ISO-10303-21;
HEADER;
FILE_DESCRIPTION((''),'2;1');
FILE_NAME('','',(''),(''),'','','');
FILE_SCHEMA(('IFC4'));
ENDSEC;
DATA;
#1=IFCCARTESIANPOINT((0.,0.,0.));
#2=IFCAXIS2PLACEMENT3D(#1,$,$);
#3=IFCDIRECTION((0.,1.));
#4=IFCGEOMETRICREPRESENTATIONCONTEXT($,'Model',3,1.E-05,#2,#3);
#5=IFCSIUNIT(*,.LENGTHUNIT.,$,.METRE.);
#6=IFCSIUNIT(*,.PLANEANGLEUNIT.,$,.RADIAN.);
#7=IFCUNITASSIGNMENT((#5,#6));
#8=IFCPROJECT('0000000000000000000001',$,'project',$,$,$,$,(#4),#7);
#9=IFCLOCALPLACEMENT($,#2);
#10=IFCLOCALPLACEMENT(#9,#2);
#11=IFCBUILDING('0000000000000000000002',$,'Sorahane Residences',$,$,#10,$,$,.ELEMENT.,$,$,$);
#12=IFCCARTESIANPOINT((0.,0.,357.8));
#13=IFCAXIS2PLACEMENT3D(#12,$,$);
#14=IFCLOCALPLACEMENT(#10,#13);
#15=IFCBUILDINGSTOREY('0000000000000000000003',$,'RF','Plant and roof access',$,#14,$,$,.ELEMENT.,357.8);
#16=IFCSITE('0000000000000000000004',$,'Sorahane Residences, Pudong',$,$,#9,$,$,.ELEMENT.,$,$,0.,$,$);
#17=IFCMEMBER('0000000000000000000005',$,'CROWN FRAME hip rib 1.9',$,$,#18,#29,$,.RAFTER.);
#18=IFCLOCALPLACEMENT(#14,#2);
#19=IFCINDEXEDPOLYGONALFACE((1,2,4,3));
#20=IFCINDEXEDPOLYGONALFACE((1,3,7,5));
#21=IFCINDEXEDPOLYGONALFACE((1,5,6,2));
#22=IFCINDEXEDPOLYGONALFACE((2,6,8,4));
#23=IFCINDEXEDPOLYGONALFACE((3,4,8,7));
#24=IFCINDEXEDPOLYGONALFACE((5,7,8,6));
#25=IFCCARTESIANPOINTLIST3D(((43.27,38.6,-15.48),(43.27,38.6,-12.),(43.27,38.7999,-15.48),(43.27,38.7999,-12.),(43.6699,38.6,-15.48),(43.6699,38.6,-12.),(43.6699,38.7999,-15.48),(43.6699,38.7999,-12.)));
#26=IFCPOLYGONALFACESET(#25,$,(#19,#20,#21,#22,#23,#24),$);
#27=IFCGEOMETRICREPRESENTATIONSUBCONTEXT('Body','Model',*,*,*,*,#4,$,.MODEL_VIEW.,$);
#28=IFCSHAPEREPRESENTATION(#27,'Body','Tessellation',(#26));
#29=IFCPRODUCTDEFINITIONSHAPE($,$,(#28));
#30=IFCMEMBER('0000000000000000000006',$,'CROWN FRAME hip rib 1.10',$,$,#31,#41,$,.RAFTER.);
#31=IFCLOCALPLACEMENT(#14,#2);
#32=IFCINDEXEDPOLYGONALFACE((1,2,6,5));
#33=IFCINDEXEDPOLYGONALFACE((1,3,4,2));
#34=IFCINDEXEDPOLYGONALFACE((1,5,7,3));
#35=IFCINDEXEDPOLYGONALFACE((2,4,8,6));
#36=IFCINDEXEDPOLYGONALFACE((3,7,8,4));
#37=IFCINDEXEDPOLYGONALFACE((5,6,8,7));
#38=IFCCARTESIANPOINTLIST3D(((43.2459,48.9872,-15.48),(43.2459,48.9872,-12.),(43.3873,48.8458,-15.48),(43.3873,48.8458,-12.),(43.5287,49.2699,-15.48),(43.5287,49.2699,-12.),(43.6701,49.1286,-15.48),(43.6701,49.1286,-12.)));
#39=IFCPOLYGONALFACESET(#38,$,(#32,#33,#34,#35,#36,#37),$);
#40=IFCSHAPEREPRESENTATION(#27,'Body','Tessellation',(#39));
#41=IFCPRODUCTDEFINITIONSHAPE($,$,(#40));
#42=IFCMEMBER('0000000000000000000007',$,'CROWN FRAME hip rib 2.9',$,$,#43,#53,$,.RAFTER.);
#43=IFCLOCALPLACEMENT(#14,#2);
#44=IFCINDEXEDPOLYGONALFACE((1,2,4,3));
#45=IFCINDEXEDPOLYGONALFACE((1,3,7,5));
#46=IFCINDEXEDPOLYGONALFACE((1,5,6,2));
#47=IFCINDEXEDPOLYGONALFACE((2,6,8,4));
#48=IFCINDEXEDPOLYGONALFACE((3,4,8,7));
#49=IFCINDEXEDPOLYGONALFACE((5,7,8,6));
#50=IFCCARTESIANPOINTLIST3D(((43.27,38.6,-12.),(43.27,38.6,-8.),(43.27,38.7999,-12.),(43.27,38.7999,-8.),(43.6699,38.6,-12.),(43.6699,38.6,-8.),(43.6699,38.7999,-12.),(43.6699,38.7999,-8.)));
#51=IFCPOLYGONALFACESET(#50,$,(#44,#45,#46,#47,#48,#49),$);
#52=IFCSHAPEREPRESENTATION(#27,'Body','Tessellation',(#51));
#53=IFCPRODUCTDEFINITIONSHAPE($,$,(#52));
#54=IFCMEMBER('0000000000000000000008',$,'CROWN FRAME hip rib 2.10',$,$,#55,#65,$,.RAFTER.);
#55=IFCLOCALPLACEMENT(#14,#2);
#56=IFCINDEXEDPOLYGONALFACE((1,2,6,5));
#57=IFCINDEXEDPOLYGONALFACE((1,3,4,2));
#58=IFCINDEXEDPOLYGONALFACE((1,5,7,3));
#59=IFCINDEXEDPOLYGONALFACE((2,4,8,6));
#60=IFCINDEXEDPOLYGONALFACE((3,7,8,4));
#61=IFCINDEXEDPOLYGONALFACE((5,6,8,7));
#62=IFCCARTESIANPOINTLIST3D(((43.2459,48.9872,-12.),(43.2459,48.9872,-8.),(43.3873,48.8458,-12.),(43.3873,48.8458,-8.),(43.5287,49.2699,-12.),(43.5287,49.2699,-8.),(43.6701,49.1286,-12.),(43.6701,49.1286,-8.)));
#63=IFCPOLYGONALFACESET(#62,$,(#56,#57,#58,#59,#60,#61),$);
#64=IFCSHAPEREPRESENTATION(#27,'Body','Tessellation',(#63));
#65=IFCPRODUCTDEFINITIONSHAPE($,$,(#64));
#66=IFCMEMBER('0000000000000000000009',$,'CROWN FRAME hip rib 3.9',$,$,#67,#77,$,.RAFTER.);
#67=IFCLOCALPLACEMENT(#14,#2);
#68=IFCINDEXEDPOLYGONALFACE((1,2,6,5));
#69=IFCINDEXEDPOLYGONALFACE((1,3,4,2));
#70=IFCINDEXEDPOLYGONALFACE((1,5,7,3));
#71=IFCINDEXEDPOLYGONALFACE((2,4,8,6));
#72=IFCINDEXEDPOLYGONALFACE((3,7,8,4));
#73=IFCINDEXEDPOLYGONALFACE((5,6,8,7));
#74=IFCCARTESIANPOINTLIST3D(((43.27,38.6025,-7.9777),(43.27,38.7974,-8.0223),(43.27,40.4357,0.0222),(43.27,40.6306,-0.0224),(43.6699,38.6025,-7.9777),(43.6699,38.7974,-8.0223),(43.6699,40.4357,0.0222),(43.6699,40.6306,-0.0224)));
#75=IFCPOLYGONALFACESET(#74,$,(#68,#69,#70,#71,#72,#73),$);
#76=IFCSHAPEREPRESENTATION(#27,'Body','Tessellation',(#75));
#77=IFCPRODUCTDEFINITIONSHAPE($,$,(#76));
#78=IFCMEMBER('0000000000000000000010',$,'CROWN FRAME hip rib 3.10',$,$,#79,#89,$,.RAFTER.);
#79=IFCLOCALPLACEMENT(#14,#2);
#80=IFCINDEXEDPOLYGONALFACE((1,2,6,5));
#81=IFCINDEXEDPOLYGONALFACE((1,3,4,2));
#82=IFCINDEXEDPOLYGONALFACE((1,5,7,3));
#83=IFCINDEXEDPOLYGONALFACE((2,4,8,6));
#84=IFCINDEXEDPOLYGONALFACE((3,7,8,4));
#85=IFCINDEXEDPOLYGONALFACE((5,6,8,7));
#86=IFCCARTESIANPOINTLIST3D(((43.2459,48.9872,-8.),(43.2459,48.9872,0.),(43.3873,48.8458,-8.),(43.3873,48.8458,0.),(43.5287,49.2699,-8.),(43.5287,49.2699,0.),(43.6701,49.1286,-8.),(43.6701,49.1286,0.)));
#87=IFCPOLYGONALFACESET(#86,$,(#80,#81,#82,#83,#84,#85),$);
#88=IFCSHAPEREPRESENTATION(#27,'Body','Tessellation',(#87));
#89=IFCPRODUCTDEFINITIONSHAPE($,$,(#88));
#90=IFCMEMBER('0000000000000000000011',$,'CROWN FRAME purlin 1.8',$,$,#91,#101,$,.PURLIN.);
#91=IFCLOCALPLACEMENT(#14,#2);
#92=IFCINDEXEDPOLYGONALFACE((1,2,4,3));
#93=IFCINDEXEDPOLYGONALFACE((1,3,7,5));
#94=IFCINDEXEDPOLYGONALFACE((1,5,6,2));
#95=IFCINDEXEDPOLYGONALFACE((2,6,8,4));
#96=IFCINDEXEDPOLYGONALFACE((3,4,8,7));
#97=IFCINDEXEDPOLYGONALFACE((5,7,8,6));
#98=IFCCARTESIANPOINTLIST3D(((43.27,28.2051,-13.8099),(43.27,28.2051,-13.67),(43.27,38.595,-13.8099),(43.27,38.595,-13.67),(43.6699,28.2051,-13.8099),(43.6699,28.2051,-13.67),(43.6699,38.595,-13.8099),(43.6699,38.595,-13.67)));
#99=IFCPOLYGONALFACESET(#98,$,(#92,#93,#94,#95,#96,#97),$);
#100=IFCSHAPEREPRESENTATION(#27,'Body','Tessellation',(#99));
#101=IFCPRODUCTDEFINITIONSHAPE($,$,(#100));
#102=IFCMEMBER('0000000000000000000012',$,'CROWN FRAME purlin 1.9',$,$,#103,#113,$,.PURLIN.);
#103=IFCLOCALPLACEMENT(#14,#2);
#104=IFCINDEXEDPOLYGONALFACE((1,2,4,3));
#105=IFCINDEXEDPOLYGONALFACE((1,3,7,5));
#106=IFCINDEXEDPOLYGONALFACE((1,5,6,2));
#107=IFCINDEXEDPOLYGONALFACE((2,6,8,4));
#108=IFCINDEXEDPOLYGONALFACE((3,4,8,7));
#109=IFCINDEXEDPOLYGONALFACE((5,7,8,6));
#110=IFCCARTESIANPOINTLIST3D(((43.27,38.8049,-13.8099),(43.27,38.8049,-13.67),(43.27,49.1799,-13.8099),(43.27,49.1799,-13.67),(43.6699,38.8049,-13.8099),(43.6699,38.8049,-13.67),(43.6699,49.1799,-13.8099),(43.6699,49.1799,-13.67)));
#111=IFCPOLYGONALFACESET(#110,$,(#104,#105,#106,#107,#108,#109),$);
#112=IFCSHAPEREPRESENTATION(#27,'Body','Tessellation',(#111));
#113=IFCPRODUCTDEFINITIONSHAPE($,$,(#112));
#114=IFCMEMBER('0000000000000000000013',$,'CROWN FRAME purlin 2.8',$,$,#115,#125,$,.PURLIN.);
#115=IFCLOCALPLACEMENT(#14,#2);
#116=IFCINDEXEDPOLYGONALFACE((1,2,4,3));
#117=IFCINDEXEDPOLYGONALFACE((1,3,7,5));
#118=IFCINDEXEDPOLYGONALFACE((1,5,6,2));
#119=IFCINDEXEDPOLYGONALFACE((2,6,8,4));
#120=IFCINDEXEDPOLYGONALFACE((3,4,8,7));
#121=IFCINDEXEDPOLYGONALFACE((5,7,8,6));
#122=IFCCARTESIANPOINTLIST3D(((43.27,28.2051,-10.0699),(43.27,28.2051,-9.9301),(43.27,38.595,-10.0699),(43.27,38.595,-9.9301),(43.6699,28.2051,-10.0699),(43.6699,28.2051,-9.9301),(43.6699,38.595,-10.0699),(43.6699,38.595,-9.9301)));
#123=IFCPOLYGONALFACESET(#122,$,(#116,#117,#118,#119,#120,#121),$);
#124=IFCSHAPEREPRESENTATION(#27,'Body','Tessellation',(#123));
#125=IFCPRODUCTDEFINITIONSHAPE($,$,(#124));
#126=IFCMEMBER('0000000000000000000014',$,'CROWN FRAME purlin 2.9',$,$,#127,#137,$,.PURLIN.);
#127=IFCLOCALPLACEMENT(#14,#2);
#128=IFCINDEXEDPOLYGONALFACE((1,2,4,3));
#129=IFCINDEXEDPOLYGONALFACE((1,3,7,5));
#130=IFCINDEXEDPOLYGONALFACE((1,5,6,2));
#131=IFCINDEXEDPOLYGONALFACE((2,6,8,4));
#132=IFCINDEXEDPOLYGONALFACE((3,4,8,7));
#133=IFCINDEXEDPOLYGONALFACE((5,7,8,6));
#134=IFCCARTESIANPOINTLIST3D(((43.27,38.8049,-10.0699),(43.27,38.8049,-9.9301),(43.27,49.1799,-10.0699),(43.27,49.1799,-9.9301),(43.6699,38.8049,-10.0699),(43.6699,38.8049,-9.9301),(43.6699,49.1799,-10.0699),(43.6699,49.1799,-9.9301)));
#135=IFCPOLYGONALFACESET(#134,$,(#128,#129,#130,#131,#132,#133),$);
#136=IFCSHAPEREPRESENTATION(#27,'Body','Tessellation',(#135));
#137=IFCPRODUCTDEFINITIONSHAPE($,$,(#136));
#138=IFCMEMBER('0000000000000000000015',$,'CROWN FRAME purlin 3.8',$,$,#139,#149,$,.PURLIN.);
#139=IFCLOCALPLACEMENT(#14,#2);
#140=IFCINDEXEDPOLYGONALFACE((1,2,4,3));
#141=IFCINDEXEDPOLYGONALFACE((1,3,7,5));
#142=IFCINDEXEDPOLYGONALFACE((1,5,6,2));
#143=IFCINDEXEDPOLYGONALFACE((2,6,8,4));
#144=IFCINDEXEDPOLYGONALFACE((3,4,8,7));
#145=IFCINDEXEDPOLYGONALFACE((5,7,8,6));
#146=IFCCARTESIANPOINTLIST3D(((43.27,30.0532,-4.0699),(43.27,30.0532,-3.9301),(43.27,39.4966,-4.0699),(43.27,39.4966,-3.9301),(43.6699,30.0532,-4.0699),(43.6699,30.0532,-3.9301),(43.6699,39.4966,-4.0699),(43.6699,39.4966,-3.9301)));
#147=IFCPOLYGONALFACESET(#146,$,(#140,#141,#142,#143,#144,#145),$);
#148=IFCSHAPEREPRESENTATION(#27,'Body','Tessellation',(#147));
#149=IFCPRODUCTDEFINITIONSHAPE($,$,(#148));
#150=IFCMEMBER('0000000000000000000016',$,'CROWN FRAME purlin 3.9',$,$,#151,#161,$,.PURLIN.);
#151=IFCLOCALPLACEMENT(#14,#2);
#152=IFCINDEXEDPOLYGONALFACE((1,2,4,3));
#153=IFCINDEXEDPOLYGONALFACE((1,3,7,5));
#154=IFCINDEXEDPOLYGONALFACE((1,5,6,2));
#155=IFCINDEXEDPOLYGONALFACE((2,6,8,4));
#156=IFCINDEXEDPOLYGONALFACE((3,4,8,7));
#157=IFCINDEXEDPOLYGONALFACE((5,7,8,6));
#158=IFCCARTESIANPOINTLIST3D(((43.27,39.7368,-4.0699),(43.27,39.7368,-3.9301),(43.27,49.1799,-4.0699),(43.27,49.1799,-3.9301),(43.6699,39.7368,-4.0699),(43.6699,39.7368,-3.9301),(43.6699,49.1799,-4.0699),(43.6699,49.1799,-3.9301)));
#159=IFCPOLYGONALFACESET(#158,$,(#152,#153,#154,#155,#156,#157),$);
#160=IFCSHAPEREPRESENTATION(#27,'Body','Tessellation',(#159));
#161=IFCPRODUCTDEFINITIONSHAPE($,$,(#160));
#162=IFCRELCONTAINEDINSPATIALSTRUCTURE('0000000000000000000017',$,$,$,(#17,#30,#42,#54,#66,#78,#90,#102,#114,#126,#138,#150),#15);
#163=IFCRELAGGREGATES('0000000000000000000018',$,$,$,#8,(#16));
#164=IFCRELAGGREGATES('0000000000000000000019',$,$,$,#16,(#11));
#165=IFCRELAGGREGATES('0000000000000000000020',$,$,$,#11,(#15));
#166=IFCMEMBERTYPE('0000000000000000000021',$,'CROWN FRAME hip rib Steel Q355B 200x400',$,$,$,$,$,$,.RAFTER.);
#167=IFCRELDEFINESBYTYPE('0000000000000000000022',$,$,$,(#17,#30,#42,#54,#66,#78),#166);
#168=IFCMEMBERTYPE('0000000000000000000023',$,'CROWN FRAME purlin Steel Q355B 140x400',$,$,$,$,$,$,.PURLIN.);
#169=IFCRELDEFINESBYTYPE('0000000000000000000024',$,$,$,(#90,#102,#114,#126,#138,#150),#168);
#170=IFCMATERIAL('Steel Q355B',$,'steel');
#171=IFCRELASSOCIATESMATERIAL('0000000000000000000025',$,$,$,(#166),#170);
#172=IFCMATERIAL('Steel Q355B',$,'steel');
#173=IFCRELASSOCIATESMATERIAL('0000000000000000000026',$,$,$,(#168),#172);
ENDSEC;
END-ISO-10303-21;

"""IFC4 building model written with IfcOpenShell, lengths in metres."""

from ifc_helpers import new_model, si_unit, direction, frame, origin, origin_2d, place, context, subcontext, project, spatial, rectangle, extrude, material, material_profile, profile_set, type_object, element, save


model = new_model("IFC4")

# Units and contexts
model_context = context("Model", 3, precision=1e-05, world=origin(), true_north=direction((0.0, 1.0)))
body_context = subcontext(model_context, "Body", "Model", "MODEL_VIEW")
ifc_project = project(units=[si_unit("LENGTHUNIT", "METRE"), si_unit("PLANEANGLEUNIT", "RADIAN")], contexts=[model_context])

# Site, building, storey
site_placement = place(None, origin())
site = spatial("IfcSite", under=ifc_project, at=site_placement, Name="Sorahane Residences, Pudong", CompositionType="ELEMENT", RefElevation=0.0)
building_placement = place(site_placement, origin())
building = spatial("IfcBuilding", under=site, at=building_placement, Name="Sorahane Residences", CompositionType="ELEMENT")
storey_placement = place(building_placement, frame((0.0, 0.0, 357.8)))
storey = spatial("IfcBuildingStorey", under=building, at=storey_placement, Name="RF", Description="Plant and roof access", CompositionType="ELEMENT", Elevation=357.8)

# Members
ifc_material_1 = material(Name="Steel Q355B", Category="steel")
ifc_material_profile_1 = material_profile(ifc_material_1, rectangle(XDim=0.2, YDim=0.3999, at=origin_2d()), Name="CROWN FRAME hip rib Steel Q355B 200x400")
ifc_profile_set_1 = profile_set([ifc_material_profile_1], Name="Steel Q355B")
member_type_1 = type_object("IfcMemberType", Name="CROWN FRAME hip rib Steel Q355B 200x400", PredefinedType="RAFTER", material=ifc_profile_set_1)
for number, where, z_axis, x_axis, name in (
    (1, (43.47, 38.7, -15.48), (0.0, 0.0, 1.0), (0.0, -1.0, 0.0), "CROWN FRAME hip rib 1.9"),
    (2, (43.458, 49.0579, -15.48), (0.0, 0.0, 1.0), (0.707107, -0.707107, 0.0), "CROWN FRAME hip rib 1.10"),
):
    element("IfcMember", number, at=place(storey_placement, frame(where, z_axis=z_axis, x_axis=x_axis)), inside=storey, type_object=member_type_1, Name=name, PredefinedType="RAFTER", context=body_context, shape_type="SweptSolid", body=[
        extrude(rectangle(XDim=0.2, YDim=0.3999, at=origin_2d()), origin(), (0.0, 0.0, 1.0), 3.48),
    ])
for number, where, z_axis, x_axis, name in (
    (3, (43.47, 38.7, -12.0), (0.0, 0.0, 1.0), (0.0, -1.0, 0.0), "CROWN FRAME hip rib 2.9"),
    (4, (43.458, 49.0579, -12.0), (0.0, 0.0, 1.0), (0.707107, -0.707107, 0.0), "CROWN FRAME hip rib 2.10"),
):
    element("IfcMember", number, at=place(storey_placement, frame(where, z_axis=z_axis, x_axis=x_axis)), inside=storey, type_object=member_type_1, Name=name, PredefinedType="RAFTER", context=body_context, shape_type="SweptSolid", body=[
        extrude(rectangle(XDim=0.2, YDim=0.3999, at=origin_2d()), origin(), (0.0, 0.0, 1.0), 4.0),
    ])
member_1_placement = place(storey_placement, frame((43.47, 38.7, -8.0), z_axis=(0.0, 0.223367, 0.974734), x_axis=(0.0, -0.974734, 0.223367)))
element("IfcMember", 5, at=member_1_placement, inside=storey, type_object=member_type_1, Name="CROWN FRAME hip rib 3.9", PredefinedType="RAFTER", context=body_context, shape_type="SweptSolid", body=[
    extrude(rectangle(XDim=0.2, YDim=0.3999, at=origin_2d()), origin(), (0.0, 0.0, 1.0), 8.2073),
])
member_2_placement = place(storey_placement, frame((43.458, 49.0579, -8.0), z_axis=(0.0, 0.0, 1.0), x_axis=(0.707107, -0.707107, 0.0)))
element("IfcMember", 6, at=member_2_placement, inside=storey, type_object=member_type_1, Name="CROWN FRAME hip rib 3.10", PredefinedType="RAFTER", context=body_context, shape_type="SweptSolid", body=[
    extrude(rectangle(XDim=0.2, YDim=0.3999, at=origin_2d()), origin(), (0.0, 0.0, 1.0), 8.0),
])
ifc_material_2 = material(Name="Steel Q355B", Category="steel")
ifc_material_profile_2 = material_profile(ifc_material_2, rectangle(XDim=0.1399, YDim=0.3999, at=origin_2d()), Name="CROWN FRAME purlin Steel Q355B 140x400")
ifc_profile_set_2 = profile_set([ifc_material_profile_2], Name="Steel Q355B")
member_type_2 = type_object("IfcMemberType", Name="CROWN FRAME purlin Steel Q355B 140x400", PredefinedType="PURLIN", material=ifc_profile_set_2)
member_3_placement = place(storey_placement, frame((43.47, 28.2051, -13.74), z_axis=(0.0, 1.0, 0.0), x_axis=(0.0, 0.0, 1.0)))
element("IfcMember", 7, at=member_3_placement, inside=storey, type_object=member_type_2, Name="CROWN FRAME purlin 1.8", PredefinedType="PURLIN", context=body_context, shape_type="SweptSolid", body=[
    extrude(rectangle(XDim=0.1399, YDim=0.3999, at=origin_2d()), origin(), (0.0, 0.0, 1.0), 10.3899),
])
member_4_placement = place(storey_placement, frame((43.47, 38.8049, -13.74), z_axis=(0.0, 1.0, 0.0), x_axis=(0.0, 0.0, 1.0)))
element("IfcMember", 8, at=member_4_placement, inside=storey, type_object=member_type_2, Name="CROWN FRAME purlin 1.9", PredefinedType="PURLIN", context=body_context, shape_type="SweptSolid", body=[
    extrude(rectangle(XDim=0.1399, YDim=0.3999, at=origin_2d()), origin(), (0.0, 0.0, 1.0), 10.375),
])
member_5_placement = place(storey_placement, frame((43.47, 28.2051, -10.0), z_axis=(0.0, 1.0, 0.0), x_axis=(0.0, 0.0, 1.0)))
element("IfcMember", 9, at=member_5_placement, inside=storey, type_object=member_type_2, Name="CROWN FRAME purlin 2.8", PredefinedType="PURLIN", context=body_context, shape_type="SweptSolid", body=[
    extrude(rectangle(XDim=0.1399, YDim=0.3999, at=origin_2d()), origin(), (0.0, 0.0, 1.0), 10.3899),
])
member_6_placement = place(storey_placement, frame((43.47, 38.8049, -10.0), z_axis=(0.0, 1.0, 0.0), x_axis=(0.0, 0.0, 1.0)))
element("IfcMember", 10, at=member_6_placement, inside=storey, type_object=member_type_2, Name="CROWN FRAME purlin 2.9", PredefinedType="PURLIN", context=body_context, shape_type="SweptSolid", body=[
    extrude(rectangle(XDim=0.1399, YDim=0.3999, at=origin_2d()), origin(), (0.0, 0.0, 1.0), 10.375),
])
member_7_placement = place(storey_placement, frame((43.47, 30.0532, -4.0), z_axis=(0.0, 1.0, 0.0), x_axis=(0.0, 0.0, 1.0)))
element("IfcMember", 11, at=member_7_placement, inside=storey, type_object=member_type_2, Name="CROWN FRAME purlin 3.8", PredefinedType="PURLIN", context=body_context, shape_type="SweptSolid", body=[
    extrude(rectangle(XDim=0.1399, YDim=0.3999, at=origin_2d()), origin(), (0.0, 0.0, 1.0), 9.4434),
])
member_8_placement = place(storey_placement, frame((43.47, 39.7368, -4.0), z_axis=(0.0, 1.0, 0.0), x_axis=(0.0, 0.0, 1.0)))
element("IfcMember", 12, at=member_8_placement, inside=storey, type_object=member_type_2, Name="CROWN FRAME purlin 3.9", PredefinedType="PURLIN", context=body_context, shape_type="SweptSolid", body=[
    extrude(rectangle(XDim=0.1399, YDim=0.3999, at=origin_2d()), origin(), (0.0, 0.0, 1.0), 9.4431),
])

save(model, "model.ifc")
